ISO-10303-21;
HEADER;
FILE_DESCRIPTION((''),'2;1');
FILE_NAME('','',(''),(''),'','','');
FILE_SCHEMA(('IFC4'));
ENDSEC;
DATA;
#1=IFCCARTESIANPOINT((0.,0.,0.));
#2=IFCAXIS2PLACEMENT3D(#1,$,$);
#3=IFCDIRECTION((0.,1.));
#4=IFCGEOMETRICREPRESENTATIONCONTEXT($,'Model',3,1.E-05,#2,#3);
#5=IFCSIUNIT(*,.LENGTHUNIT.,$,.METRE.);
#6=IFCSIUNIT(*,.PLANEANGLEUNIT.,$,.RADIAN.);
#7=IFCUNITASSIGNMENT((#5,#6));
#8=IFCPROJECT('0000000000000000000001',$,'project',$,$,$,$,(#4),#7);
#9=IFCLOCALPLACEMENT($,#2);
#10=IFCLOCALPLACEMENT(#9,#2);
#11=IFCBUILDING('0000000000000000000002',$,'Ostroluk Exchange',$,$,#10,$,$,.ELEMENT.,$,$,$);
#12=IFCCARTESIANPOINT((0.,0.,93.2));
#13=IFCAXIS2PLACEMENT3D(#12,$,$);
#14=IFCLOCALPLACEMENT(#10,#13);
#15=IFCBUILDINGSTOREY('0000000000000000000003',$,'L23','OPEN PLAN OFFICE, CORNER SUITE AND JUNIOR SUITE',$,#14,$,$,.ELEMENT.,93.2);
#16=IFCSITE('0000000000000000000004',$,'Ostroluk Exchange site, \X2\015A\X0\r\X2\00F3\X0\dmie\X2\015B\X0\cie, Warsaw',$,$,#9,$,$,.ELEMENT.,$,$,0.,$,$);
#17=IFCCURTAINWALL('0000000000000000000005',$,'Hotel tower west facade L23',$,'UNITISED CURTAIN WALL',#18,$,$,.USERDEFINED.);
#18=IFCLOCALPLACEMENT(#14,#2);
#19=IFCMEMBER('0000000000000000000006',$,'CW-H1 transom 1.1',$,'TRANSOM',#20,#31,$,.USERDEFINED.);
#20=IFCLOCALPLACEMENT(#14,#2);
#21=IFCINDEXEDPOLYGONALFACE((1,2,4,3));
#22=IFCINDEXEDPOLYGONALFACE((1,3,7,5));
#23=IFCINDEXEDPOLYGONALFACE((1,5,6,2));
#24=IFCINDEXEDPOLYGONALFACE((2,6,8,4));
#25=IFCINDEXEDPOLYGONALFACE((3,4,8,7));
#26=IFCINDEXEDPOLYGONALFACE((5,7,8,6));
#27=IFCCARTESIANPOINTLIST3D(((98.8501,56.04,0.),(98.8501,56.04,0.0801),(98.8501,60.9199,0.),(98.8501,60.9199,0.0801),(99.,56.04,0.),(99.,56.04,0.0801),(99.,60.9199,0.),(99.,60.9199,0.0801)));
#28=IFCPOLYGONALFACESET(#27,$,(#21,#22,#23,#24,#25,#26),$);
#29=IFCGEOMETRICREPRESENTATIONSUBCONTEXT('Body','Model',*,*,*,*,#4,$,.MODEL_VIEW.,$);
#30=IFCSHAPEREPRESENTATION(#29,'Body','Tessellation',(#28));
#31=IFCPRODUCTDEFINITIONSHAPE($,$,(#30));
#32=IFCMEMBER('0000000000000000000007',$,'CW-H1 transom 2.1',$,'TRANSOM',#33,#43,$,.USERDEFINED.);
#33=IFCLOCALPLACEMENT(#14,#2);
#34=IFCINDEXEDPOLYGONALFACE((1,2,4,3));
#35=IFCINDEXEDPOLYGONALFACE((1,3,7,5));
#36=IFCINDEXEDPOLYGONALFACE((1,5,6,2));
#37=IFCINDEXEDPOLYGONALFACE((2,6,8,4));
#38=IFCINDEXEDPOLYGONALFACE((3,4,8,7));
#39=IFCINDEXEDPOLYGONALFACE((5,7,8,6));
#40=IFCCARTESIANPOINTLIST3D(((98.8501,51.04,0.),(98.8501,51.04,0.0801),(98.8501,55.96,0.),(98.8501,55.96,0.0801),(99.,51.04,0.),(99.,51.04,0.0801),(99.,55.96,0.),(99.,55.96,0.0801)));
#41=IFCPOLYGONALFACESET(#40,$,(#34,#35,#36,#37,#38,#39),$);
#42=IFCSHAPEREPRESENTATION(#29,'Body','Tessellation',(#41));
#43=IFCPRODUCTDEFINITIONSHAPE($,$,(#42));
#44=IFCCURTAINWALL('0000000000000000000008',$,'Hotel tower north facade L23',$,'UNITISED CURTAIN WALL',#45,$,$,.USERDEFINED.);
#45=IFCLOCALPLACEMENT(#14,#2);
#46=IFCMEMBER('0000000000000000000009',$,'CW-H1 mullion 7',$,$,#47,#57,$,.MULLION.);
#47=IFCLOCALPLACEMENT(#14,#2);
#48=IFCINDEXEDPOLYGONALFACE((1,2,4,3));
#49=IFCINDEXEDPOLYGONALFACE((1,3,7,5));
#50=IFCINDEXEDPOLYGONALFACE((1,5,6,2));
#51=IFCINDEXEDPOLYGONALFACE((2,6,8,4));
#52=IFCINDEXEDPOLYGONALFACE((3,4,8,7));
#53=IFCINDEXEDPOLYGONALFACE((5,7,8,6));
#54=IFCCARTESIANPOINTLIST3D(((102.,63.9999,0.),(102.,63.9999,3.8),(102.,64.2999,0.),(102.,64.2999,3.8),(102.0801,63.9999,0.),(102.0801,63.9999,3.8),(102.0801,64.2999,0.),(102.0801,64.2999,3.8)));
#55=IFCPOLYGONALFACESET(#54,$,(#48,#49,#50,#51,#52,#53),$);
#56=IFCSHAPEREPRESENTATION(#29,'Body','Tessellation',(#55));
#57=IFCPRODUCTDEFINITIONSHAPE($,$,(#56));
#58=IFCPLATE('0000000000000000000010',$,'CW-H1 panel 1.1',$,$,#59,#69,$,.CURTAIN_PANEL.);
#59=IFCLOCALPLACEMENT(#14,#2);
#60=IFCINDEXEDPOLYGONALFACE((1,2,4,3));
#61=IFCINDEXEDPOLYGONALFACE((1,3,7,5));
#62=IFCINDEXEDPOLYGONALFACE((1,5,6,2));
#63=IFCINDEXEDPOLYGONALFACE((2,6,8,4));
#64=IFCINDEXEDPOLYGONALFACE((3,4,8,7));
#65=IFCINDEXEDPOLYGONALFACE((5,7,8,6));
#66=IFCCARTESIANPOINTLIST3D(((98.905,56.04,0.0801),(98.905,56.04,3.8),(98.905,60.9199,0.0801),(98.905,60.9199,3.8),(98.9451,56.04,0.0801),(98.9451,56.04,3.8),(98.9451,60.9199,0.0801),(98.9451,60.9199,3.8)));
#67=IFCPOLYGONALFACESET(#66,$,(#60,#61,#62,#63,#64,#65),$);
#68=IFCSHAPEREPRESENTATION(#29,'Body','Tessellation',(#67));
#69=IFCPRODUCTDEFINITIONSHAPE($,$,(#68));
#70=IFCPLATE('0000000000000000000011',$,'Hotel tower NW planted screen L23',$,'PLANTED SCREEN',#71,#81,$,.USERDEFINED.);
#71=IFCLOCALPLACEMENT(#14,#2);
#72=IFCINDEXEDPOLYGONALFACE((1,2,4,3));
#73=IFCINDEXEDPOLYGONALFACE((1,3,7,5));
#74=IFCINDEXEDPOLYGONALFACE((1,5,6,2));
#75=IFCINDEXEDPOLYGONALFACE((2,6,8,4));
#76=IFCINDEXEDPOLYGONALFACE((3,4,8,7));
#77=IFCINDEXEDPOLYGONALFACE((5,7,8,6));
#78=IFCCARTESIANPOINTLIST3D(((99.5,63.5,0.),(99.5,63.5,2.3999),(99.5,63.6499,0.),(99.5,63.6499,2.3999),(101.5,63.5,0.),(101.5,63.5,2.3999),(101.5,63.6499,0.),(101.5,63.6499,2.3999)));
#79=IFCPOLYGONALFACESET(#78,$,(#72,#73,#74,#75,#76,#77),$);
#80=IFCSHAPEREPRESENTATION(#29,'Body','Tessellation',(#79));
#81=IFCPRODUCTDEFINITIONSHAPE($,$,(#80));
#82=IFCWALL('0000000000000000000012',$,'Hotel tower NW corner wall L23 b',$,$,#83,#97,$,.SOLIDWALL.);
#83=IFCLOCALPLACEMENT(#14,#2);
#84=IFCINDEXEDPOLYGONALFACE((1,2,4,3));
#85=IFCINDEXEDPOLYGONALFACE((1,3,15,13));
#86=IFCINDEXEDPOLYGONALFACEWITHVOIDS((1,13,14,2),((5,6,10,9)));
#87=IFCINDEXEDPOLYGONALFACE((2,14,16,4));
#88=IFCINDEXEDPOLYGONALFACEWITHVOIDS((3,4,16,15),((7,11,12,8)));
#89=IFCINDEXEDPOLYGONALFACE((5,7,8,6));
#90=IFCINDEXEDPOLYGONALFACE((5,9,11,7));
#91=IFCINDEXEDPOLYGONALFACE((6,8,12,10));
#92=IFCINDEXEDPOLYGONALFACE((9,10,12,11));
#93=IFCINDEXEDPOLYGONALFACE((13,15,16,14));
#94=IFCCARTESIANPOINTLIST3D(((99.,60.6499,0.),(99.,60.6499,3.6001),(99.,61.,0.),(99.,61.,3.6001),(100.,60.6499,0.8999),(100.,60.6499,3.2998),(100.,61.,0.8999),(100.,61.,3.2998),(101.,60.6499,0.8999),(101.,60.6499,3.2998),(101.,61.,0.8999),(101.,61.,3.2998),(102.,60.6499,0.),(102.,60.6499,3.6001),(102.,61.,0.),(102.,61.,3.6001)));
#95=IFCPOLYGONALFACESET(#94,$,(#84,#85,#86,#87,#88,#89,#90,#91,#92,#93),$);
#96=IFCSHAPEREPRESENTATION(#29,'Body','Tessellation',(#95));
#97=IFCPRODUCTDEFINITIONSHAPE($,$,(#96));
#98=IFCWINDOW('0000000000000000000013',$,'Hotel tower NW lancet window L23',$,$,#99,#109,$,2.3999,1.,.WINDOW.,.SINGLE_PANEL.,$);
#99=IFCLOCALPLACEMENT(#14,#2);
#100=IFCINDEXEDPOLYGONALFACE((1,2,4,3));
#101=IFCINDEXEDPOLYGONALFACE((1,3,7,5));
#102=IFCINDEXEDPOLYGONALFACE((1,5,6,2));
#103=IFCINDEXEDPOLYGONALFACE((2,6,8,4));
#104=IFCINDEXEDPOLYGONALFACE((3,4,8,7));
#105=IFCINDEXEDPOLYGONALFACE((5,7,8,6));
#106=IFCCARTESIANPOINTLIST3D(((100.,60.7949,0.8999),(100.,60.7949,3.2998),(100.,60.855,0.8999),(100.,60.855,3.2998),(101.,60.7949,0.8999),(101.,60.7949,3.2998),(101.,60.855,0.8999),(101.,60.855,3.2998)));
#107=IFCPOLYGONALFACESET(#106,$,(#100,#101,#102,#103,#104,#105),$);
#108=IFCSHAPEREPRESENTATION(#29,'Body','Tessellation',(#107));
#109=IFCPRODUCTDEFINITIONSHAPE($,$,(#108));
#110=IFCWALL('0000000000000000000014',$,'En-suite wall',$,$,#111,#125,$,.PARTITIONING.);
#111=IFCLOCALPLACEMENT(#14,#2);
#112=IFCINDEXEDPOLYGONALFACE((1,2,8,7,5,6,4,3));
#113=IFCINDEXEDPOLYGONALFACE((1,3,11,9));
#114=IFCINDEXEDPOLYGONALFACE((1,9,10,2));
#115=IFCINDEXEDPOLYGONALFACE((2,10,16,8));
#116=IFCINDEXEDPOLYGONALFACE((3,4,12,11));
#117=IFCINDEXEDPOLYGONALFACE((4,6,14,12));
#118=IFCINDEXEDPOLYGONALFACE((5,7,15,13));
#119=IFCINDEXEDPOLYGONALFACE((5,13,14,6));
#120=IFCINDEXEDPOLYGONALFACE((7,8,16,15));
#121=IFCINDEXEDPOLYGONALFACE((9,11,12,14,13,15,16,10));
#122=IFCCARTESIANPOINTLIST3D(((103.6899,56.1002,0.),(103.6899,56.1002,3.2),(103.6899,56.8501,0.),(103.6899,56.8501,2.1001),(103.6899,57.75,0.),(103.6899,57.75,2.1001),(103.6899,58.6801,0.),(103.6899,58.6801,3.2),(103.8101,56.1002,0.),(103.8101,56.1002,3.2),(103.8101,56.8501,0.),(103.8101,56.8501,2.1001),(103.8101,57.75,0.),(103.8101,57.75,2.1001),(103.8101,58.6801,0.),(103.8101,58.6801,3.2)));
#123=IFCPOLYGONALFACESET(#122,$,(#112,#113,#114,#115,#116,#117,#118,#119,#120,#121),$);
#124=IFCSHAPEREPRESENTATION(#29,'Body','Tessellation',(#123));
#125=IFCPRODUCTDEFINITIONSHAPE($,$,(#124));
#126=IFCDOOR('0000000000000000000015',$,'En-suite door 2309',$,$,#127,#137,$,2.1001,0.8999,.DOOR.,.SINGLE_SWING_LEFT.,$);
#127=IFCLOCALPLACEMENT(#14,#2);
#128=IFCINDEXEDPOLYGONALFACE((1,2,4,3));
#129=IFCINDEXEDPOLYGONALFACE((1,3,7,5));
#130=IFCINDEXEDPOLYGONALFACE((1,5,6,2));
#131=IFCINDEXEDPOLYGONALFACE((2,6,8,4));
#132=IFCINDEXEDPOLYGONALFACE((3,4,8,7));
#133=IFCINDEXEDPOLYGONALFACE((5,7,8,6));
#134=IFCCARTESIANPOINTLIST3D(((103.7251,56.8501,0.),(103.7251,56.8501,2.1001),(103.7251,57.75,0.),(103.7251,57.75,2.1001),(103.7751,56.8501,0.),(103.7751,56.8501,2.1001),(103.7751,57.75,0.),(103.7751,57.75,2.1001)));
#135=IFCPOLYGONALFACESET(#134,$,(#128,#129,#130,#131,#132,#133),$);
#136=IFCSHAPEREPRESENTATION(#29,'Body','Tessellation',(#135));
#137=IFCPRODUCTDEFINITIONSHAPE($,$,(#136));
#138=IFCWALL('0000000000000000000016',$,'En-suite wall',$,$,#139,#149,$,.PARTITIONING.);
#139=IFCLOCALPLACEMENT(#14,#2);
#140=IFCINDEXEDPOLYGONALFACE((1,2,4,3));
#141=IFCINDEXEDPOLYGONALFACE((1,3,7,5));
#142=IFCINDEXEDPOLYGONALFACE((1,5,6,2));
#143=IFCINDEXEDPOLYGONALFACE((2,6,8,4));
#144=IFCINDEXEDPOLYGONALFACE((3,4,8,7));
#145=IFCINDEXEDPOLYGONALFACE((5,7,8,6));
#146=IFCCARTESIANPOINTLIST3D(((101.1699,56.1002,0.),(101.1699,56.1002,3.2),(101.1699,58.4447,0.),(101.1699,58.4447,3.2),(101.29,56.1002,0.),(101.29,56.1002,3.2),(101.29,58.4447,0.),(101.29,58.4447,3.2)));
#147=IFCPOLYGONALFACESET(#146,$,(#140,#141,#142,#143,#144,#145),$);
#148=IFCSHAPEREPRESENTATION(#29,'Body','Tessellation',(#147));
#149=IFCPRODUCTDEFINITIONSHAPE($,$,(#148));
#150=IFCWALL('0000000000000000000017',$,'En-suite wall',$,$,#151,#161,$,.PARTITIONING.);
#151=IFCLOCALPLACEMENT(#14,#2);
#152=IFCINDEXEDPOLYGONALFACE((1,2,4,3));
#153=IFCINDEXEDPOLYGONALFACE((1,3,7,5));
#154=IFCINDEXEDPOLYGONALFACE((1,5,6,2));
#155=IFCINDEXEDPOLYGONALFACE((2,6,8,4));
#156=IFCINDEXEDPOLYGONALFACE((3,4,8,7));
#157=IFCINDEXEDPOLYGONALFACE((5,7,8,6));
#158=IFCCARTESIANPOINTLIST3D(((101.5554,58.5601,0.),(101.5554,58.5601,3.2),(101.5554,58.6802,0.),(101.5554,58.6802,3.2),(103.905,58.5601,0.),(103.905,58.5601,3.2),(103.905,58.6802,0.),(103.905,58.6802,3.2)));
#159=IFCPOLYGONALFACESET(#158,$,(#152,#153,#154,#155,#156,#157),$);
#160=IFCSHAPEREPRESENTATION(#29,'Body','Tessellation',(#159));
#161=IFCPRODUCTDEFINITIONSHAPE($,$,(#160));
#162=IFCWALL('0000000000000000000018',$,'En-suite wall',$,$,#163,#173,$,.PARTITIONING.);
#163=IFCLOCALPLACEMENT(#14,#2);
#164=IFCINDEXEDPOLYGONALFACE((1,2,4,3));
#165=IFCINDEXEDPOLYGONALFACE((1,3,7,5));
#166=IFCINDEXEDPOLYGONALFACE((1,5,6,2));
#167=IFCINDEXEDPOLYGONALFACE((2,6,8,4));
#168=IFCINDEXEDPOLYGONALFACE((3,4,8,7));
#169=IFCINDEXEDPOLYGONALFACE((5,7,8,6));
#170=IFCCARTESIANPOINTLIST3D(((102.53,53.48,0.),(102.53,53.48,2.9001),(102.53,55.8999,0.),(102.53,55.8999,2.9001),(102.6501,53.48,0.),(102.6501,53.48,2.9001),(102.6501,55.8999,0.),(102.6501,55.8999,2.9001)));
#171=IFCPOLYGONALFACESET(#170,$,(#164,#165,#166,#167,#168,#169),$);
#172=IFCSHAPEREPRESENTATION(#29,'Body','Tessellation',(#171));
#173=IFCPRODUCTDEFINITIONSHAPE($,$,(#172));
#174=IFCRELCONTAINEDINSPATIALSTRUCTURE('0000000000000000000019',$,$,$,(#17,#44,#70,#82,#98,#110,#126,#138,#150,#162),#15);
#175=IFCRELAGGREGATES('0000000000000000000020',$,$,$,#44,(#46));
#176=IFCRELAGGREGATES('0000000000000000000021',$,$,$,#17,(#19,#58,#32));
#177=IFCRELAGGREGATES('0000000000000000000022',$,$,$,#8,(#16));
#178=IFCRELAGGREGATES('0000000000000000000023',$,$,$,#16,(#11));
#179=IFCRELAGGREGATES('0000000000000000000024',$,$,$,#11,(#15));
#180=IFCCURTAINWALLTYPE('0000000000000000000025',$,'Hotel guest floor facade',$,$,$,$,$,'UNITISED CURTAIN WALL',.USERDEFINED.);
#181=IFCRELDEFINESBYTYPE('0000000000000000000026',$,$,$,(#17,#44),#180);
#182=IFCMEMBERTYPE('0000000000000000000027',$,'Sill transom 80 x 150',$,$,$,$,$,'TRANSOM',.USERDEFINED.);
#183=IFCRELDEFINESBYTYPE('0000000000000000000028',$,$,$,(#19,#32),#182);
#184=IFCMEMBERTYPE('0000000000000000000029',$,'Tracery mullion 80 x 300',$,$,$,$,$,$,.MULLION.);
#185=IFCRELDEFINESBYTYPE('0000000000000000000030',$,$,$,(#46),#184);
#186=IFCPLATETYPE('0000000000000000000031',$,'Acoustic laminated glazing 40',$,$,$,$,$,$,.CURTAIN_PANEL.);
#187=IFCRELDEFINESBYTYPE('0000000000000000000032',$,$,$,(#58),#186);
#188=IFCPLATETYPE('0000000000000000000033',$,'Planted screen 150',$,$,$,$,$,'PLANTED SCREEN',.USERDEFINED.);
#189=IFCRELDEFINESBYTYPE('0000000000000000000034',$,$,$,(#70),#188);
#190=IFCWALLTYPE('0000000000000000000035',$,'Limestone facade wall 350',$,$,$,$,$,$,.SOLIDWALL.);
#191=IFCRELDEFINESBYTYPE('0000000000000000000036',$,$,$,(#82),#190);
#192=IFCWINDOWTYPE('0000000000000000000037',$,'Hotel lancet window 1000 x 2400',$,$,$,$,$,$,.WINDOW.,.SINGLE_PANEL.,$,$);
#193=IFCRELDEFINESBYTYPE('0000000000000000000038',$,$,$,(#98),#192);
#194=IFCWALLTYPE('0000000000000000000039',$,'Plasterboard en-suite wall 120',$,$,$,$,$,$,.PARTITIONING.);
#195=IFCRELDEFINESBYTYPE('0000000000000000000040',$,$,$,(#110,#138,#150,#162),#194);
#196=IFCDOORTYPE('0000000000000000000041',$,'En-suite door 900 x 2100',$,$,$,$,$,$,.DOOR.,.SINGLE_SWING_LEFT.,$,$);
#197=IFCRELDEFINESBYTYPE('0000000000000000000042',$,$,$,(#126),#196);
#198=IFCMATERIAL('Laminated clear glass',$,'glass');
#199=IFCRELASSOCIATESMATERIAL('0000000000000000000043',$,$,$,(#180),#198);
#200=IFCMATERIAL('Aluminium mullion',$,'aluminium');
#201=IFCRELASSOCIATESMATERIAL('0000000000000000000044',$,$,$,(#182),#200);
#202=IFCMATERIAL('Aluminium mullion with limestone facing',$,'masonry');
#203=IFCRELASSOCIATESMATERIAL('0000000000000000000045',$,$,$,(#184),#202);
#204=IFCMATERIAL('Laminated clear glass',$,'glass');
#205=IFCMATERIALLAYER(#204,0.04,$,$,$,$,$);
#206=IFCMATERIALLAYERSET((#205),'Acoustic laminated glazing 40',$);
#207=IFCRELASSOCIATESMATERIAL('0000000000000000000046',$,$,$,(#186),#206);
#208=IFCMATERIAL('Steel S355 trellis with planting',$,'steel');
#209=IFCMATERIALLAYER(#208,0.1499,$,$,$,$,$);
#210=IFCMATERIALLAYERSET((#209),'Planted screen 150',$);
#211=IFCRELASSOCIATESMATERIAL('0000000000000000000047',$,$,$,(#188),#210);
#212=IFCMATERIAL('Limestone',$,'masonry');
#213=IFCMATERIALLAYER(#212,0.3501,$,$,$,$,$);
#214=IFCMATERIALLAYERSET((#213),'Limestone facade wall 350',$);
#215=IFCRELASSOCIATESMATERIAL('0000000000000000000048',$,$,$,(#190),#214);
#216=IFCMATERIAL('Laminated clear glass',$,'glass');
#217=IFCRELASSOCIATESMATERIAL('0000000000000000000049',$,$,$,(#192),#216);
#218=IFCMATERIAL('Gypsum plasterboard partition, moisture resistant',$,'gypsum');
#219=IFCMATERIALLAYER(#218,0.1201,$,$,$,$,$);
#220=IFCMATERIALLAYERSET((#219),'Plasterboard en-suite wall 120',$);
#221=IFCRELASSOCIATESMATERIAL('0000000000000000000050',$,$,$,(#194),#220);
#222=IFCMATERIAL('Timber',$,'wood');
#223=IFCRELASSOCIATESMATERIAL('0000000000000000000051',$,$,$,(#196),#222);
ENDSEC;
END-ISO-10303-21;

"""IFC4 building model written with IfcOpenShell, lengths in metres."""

from ifc_helpers import new_model, si_unit, direction, frame, frame_2d, origin, origin_2d, place, context, subcontext, project, spatial, rectangle, extrude, material, layer, layer_set, material_profile, profile_set, type_object, element, fill, aggregate, save


model = new_model("IFC4")

# Units and contexts
model_context = context("Model", 3, precision=1e-05, world=origin(), true_north=direction((0.0, 1.0)))
body_context = subcontext(model_context, "Body", "Model", "MODEL_VIEW")
ifc_project = project(units=[si_unit("LENGTHUNIT", "METRE"), si_unit("PLANEANGLEUNIT", "RADIAN")], contexts=[model_context])

# Site, building, storey
site_placement = place(None, origin())
site = spatial("IfcSite", under=ifc_project, at=site_placement, Name="Ostroluk Exchange site, Śródmieście, Warsaw", CompositionType="ELEMENT", RefElevation=0.0)
building_placement = place(site_placement, origin())
building = spatial("IfcBuilding", under=site, at=building_placement, Name="Ostroluk Exchange", CompositionType="ELEMENT")
storey_placement = place(building_placement, frame((0.0, 0.0, 93.2)))
storey = spatial("IfcBuildingStorey", under=building, at=storey_placement, Name="L23", Description="OPEN PLAN OFFICE, CORNER SUITE AND JUNIOR SUITE", CompositionType="ELEMENT", Elevation=93.2)

# Curtain wall, members
ifc_material_1 = material(Name="Laminated clear glass", Category="glass")
curtain_wall_type = type_object("IfcCurtainWallType", Name="Hotel guest floor facade", ElementType="UNITISED CURTAIN WALL", PredefinedType="USERDEFINED", material=ifc_material_1)
curtain_wall_1_placement = place(storey_placement, origin())
curtain_wall_1 = element("IfcCurtainWall", 1, at=curtain_wall_1_placement, inside=storey, type_object=curtain_wall_type, Name="Hotel tower west facade L23", ObjectType="UNITISED CURTAIN WALL", PredefinedType="USERDEFINED")
ifc_material_2 = material(Name="Aluminium mullion", Category="aluminium")
ifc_material_profile_1 = material_profile(ifc_material_2, rectangle(XDim=0.1499, YDim=0.0801, at=origin_2d()), Name="Sill transom 80 x 150")
ifc_profile_set_1 = profile_set([ifc_material_profile_1], Name="Aluminium mullion")
member_type_1 = type_object("IfcMemberType", Name="Sill transom 80 x 150", ElementType="TRANSOM", PredefinedType="USERDEFINED", material=ifc_profile_set_1)
member_1_placement = place(storey_placement, frame((98.925, 60.9199, 0.04), z_axis=(0.0, -1.0, 0.0), x_axis=(1.0, 0.0, 0.0)))
member_1 = element("IfcMember", 2, at=member_1_placement, type_object=member_type_1, Name="CW-H1 transom 1.1", ObjectType="TRANSOM", PredefinedType="USERDEFINED", context=body_context, shape_type="SweptSolid", body=[
    extrude(rectangle(XDim=0.1499, YDim=0.0801, at=origin_2d()), origin(), (0.0, 0.0, 1.0), 4.8799),
])
member_2_placement = place(storey_placement, frame((98.925, 55.96, 0.04), z_axis=(0.0, -1.0, 0.0), x_axis=(1.0, 0.0, 0.0)))
member_2 = element("IfcMember", 3, at=member_2_placement, type_object=member_type_1, Name="CW-H1 transom 2.1", ObjectType="TRANSOM", PredefinedType="USERDEFINED", context=body_context, shape_type="SweptSolid", body=[
    extrude(rectangle(XDim=0.1499, YDim=0.0801, at=origin_2d()), origin(), (0.0, 0.0, 1.0), 4.9199),
])

# Curtain wall, member
curtain_wall_2_placement = place(storey_placement, origin())
curtain_wall_2 = element("IfcCurtainWall", 4, at=curtain_wall_2_placement, inside=storey, type_object=curtain_wall_type, Name="Hotel tower north facade L23", ObjectType="UNITISED CURTAIN WALL", PredefinedType="USERDEFINED")
ifc_material_3 = material(Name="Aluminium mullion with limestone facing", Category="masonry")
ifc_material_profile_2 = material_profile(ifc_material_3, rectangle(XDim=0.3, YDim=0.0801, at=origin_2d()), Name="Tracery mullion 80 x 300")
ifc_profile_set_2 = profile_set([ifc_material_profile_2], Name="Aluminium mullion with limestone facing")
member_type_2 = type_object("IfcMemberType", Name="Tracery mullion 80 x 300", PredefinedType="MULLION", material=ifc_profile_set_2)
member_3_placement = place(storey_placement, frame((102.04, 64.1499, 0.0), z_axis=(0.0, 0.0, 1.0), x_axis=(0.0, -1.0, 0.0)))
member_3 = element("IfcMember", 5, at=member_3_placement, type_object=member_type_2, Name="CW-H1 mullion 7", PredefinedType="MULLION", context=body_context, shape_type="SweptSolid", body=[
    extrude(rectangle(XDim=0.3, YDim=0.0801, at=origin_2d()), origin(), (0.0, 0.0, 1.0), 3.8),
])
aggregate(curtain_wall_2, [member_3])

# Plates
ifc_material_4 = material(Name="Laminated clear glass", Category="glass")
ifc_layer_1 = layer(ifc_material_4, 0.04)
ifc_layer_set_1 = layer_set([ifc_layer_1], Name="Acoustic laminated glazing 40")
plate_type_1 = type_object("IfcPlateType", Name="Acoustic laminated glazing 40", PredefinedType="CURTAIN_PANEL", material=ifc_layer_set_1)
plate_1_placement = place(storey_placement, frame((98.925, 58.48, 0.0801), z_axis=(0.0, 0.0, 1.0), x_axis=(0.0, -1.0, 0.0)))
plate_1 = element("IfcPlate", 6, at=plate_1_placement, type_object=plate_type_1, Name="CW-H1 panel 1.1", PredefinedType="CURTAIN_PANEL", context=body_context, shape_type="SweptSolid", body=[
    extrude(rectangle(XDim=4.8799, YDim=0.04, at=origin_2d()), origin(), (0.0, 0.0, 1.0), 3.72),
])
aggregate(curtain_wall_1, [member_1, plate_1, member_2])
ifc_material_5 = material(Name="Steel S355 trellis with planting", Category="steel")
ifc_layer_2 = layer(ifc_material_5, 0.1499)
ifc_layer_set_2 = layer_set([ifc_layer_2], Name="Planted screen 150")
plate_type_2 = type_object("IfcPlateType", Name="Planted screen 150", ElementType="PLANTED SCREEN", PredefinedType="USERDEFINED", material=ifc_layer_set_2)
plate_2_placement = place(storey_placement, frame((100.5, 63.575, 0.0), z_axis=(0.0, 0.0, 1.0), x_axis=(1.0, 0.0, 0.0)))
element("IfcPlate", 7, at=plate_2_placement, inside=storey, type_object=plate_type_2, Name="Hotel tower NW planted screen L23", ObjectType="PLANTED SCREEN", PredefinedType="USERDEFINED", context=body_context, shape_type="SweptSolid", body=[
    extrude(rectangle(XDim=2.0, YDim=0.1499, at=origin_2d()), origin(), (0.0, 0.0, 1.0), 2.3999),
])

# Shared definitions
ifc_material_6 = material(Name="Limestone", Category="masonry")
ifc_layer_3 = layer(ifc_material_6, 0.3501)
ifc_layer_set_3 = layer_set([ifc_layer_3], Name="Limestone facade wall 350")
wall_type_1 = type_object("IfcWallType", Name="Limestone facade wall 350", PredefinedType="SOLIDWALL", material=ifc_layer_set_3)

# Wall, opening, window
wall_1_placement = place(storey_placement, frame((102.0, 60.825, 0.0), z_axis=(0.0, 0.0, 1.0), x_axis=(-1.0, 0.0, 0.0)))
wall_1 = element("IfcWall", 8, at=wall_1_placement, inside=storey, type_object=wall_type_1, Name="Hotel tower NW corner wall L23 b", PredefinedType="SOLIDWALL", context=body_context, shape_type="SweptSolid", body=[
    extrude(rectangle(XDim=3.0, YDim=0.3501, at=frame_2d((1.5, 0.0))), origin(), (0.0, 0.0, 1.0), 3.6001),
])
opening_1_placement = place(wall_1_placement, frame((1.0, 0.0, 0.8999)))
opening_1 = element("IfcOpeningElement", 9, at=opening_1_placement, cuts=wall_1, PredefinedType="OPENING", context=body_context, shape_type="SweptSolid", body=[
    extrude(rectangle(XDim=1.0, YDim=2.3999, at=frame_2d((0.5, 1.2))), frame((0.0, 0.1851, 0.0), z_axis=(0.0, -1.0, 0.0), x_axis=(1.0, 0.0, 0.0)), (0.0, 0.0, 1.0), 0.3701),
])
ifc_material_7 = material(Name="Laminated clear glass", Category="glass")
window_type = type_object("IfcWindowType", Name="Hotel lancet window 1000 x 2400", PartitioningType="SINGLE_PANEL", PredefinedType="WINDOW", material=ifc_material_7)
window_placement = place(opening_1_placement, origin())
window = element("IfcWindow", 10, at=window_placement, inside=storey, type_object=window_type, Name="Hotel tower NW lancet window L23", OverallHeight=2.3999, OverallWidth=1.0, PartitioningType="SINGLE_PANEL", PredefinedType="WINDOW", context=body_context, shape_type="SweptSolid", body=[
    extrude(rectangle(XDim=1.0, YDim=2.3999, at=frame_2d((0.5, 1.2))), frame((0.0, 0.03, 0.0), z_axis=(0.0, -1.0, 0.0), x_axis=(1.0, 0.0, 0.0)), (0.0, 0.0, 1.0), 0.0601),
])
fill(opening_1, window)

# Wall, opening, door
ifc_material_8 = material(Name="Gypsum plasterboard partition, moisture resistant", Category="gypsum")
ifc_layer_4 = layer(ifc_material_8, 0.1201)
ifc_layer_set_4 = layer_set([ifc_layer_4], Name="Plasterboard en-suite wall 120")
wall_type_2 = type_object("IfcWallType", Name="Plasterboard en-suite wall 120", PredefinedType="PARTITIONING", material=ifc_layer_set_4)
wall_2_placement = place(storey_placement, frame((103.75, 56.1001, 0.0), z_axis=(0.0, 0.0, 1.0), x_axis=(0.0, 1.0, 0.0)))
wall_2 = element("IfcWall", 11, at=wall_2_placement, inside=storey, type_object=wall_type_2, Name="En-suite wall", PredefinedType="PARTITIONING", context=body_context, shape_type="SweptSolid", body=[
    extrude(rectangle(XDim=2.5798, YDim=0.1201, at=frame_2d((1.29, 0.0))), origin(), (0.0, 0.0, 1.0), 3.2),
])
opening_2_placement = place(wall_2_placement, frame((0.75, 0.0, 0.0)))
opening_2 = element("IfcOpeningElement", 12, at=opening_2_placement, cuts=wall_2, PredefinedType="OPENING", context=body_context, shape_type="SweptSolid", body=[
    extrude(rectangle(XDim=0.8999, YDim=2.1001, at=frame_2d((0.45, 1.05))), frame((0.0, 0.0701, 0.0), z_axis=(0.0, -1.0, 0.0), x_axis=(1.0, 0.0, 0.0)), (0.0, 0.0, 1.0), 0.1401),
])
ifc_material_9 = material(Name="Timber", Category="wood")
door_type_1 = type_object("IfcDoorType", Name="En-suite door 900 x 2100", OperationType="SINGLE_SWING_LEFT", PredefinedType="DOOR", material=ifc_material_9)
door_1_placement = place(opening_2_placement, origin())
door_1 = element("IfcDoor", 13, at=door_1_placement, inside=storey, type_object=door_type_1, Name="En-suite door 2309", OperationType="SINGLE_SWING_LEFT", OverallHeight=2.1001, OverallWidth=0.8999, PredefinedType="DOOR", context=body_context, shape_type="SweptSolid", body=[
    extrude(rectangle(XDim=0.8999, YDim=2.1001, at=frame_2d((0.45, 1.05))), frame((0.0, 0.0249, 0.0), z_axis=(0.0, -1.0, 0.0), x_axis=(1.0, 0.0, 0.0)), (0.0, 0.0, 1.0), 0.05),
])
fill(opening_2, door_1)

# Walls
wall_3_placement = place(storey_placement, frame((101.23, 56.1001, 0.0), z_axis=(0.0, 0.0, 1.0), x_axis=(0.0, 1.0, 0.0)))
element("IfcWall", 14, at=wall_3_placement, inside=storey, type_object=wall_type_2, Name="En-suite wall", PredefinedType="PARTITIONING", context=body_context, shape_type="SweptSolid", body=[
    extrude(rectangle(XDim=2.3445, YDim=0.1201, at=frame_2d((1.1724, 0.0))), origin(), (0.0, 0.0, 1.0), 3.2),
])
wall_4_placement = place(storey_placement, frame((103.905, 58.6201, 0.0), z_axis=(0.0, 0.0, 1.0), x_axis=(-1.0, 0.0, 0.0)))
element("IfcWall", 15, at=wall_4_placement, inside=storey, type_object=wall_type_2, Name="En-suite wall", PredefinedType="PARTITIONING", context=body_context, shape_type="SweptSolid", body=[
    extrude(rectangle(XDim=2.3496, YDim=0.1201, at=frame_2d((1.1748, 0.0))), origin(), (0.0, 0.0, 1.0), 3.2),
])
wall_5_placement = place(storey_placement, frame((102.5901, 55.8999, 0.0), z_axis=(0.0, 0.0, 1.0), x_axis=(0.0, -1.0, 0.0)))
element("IfcWall", 16, at=wall_5_placement, inside=storey, type_object=wall_type_2, Name="En-suite wall", PredefinedType="PARTITIONING", context=body_context, shape_type="SweptSolid", body=[
    extrude(rectangle(XDim=2.4199, YDim=0.1201, at=frame_2d((1.21, 0.0))), origin(), (0.0, 0.0, 1.0), 2.9001),
])

save(model, "model.ifc")
